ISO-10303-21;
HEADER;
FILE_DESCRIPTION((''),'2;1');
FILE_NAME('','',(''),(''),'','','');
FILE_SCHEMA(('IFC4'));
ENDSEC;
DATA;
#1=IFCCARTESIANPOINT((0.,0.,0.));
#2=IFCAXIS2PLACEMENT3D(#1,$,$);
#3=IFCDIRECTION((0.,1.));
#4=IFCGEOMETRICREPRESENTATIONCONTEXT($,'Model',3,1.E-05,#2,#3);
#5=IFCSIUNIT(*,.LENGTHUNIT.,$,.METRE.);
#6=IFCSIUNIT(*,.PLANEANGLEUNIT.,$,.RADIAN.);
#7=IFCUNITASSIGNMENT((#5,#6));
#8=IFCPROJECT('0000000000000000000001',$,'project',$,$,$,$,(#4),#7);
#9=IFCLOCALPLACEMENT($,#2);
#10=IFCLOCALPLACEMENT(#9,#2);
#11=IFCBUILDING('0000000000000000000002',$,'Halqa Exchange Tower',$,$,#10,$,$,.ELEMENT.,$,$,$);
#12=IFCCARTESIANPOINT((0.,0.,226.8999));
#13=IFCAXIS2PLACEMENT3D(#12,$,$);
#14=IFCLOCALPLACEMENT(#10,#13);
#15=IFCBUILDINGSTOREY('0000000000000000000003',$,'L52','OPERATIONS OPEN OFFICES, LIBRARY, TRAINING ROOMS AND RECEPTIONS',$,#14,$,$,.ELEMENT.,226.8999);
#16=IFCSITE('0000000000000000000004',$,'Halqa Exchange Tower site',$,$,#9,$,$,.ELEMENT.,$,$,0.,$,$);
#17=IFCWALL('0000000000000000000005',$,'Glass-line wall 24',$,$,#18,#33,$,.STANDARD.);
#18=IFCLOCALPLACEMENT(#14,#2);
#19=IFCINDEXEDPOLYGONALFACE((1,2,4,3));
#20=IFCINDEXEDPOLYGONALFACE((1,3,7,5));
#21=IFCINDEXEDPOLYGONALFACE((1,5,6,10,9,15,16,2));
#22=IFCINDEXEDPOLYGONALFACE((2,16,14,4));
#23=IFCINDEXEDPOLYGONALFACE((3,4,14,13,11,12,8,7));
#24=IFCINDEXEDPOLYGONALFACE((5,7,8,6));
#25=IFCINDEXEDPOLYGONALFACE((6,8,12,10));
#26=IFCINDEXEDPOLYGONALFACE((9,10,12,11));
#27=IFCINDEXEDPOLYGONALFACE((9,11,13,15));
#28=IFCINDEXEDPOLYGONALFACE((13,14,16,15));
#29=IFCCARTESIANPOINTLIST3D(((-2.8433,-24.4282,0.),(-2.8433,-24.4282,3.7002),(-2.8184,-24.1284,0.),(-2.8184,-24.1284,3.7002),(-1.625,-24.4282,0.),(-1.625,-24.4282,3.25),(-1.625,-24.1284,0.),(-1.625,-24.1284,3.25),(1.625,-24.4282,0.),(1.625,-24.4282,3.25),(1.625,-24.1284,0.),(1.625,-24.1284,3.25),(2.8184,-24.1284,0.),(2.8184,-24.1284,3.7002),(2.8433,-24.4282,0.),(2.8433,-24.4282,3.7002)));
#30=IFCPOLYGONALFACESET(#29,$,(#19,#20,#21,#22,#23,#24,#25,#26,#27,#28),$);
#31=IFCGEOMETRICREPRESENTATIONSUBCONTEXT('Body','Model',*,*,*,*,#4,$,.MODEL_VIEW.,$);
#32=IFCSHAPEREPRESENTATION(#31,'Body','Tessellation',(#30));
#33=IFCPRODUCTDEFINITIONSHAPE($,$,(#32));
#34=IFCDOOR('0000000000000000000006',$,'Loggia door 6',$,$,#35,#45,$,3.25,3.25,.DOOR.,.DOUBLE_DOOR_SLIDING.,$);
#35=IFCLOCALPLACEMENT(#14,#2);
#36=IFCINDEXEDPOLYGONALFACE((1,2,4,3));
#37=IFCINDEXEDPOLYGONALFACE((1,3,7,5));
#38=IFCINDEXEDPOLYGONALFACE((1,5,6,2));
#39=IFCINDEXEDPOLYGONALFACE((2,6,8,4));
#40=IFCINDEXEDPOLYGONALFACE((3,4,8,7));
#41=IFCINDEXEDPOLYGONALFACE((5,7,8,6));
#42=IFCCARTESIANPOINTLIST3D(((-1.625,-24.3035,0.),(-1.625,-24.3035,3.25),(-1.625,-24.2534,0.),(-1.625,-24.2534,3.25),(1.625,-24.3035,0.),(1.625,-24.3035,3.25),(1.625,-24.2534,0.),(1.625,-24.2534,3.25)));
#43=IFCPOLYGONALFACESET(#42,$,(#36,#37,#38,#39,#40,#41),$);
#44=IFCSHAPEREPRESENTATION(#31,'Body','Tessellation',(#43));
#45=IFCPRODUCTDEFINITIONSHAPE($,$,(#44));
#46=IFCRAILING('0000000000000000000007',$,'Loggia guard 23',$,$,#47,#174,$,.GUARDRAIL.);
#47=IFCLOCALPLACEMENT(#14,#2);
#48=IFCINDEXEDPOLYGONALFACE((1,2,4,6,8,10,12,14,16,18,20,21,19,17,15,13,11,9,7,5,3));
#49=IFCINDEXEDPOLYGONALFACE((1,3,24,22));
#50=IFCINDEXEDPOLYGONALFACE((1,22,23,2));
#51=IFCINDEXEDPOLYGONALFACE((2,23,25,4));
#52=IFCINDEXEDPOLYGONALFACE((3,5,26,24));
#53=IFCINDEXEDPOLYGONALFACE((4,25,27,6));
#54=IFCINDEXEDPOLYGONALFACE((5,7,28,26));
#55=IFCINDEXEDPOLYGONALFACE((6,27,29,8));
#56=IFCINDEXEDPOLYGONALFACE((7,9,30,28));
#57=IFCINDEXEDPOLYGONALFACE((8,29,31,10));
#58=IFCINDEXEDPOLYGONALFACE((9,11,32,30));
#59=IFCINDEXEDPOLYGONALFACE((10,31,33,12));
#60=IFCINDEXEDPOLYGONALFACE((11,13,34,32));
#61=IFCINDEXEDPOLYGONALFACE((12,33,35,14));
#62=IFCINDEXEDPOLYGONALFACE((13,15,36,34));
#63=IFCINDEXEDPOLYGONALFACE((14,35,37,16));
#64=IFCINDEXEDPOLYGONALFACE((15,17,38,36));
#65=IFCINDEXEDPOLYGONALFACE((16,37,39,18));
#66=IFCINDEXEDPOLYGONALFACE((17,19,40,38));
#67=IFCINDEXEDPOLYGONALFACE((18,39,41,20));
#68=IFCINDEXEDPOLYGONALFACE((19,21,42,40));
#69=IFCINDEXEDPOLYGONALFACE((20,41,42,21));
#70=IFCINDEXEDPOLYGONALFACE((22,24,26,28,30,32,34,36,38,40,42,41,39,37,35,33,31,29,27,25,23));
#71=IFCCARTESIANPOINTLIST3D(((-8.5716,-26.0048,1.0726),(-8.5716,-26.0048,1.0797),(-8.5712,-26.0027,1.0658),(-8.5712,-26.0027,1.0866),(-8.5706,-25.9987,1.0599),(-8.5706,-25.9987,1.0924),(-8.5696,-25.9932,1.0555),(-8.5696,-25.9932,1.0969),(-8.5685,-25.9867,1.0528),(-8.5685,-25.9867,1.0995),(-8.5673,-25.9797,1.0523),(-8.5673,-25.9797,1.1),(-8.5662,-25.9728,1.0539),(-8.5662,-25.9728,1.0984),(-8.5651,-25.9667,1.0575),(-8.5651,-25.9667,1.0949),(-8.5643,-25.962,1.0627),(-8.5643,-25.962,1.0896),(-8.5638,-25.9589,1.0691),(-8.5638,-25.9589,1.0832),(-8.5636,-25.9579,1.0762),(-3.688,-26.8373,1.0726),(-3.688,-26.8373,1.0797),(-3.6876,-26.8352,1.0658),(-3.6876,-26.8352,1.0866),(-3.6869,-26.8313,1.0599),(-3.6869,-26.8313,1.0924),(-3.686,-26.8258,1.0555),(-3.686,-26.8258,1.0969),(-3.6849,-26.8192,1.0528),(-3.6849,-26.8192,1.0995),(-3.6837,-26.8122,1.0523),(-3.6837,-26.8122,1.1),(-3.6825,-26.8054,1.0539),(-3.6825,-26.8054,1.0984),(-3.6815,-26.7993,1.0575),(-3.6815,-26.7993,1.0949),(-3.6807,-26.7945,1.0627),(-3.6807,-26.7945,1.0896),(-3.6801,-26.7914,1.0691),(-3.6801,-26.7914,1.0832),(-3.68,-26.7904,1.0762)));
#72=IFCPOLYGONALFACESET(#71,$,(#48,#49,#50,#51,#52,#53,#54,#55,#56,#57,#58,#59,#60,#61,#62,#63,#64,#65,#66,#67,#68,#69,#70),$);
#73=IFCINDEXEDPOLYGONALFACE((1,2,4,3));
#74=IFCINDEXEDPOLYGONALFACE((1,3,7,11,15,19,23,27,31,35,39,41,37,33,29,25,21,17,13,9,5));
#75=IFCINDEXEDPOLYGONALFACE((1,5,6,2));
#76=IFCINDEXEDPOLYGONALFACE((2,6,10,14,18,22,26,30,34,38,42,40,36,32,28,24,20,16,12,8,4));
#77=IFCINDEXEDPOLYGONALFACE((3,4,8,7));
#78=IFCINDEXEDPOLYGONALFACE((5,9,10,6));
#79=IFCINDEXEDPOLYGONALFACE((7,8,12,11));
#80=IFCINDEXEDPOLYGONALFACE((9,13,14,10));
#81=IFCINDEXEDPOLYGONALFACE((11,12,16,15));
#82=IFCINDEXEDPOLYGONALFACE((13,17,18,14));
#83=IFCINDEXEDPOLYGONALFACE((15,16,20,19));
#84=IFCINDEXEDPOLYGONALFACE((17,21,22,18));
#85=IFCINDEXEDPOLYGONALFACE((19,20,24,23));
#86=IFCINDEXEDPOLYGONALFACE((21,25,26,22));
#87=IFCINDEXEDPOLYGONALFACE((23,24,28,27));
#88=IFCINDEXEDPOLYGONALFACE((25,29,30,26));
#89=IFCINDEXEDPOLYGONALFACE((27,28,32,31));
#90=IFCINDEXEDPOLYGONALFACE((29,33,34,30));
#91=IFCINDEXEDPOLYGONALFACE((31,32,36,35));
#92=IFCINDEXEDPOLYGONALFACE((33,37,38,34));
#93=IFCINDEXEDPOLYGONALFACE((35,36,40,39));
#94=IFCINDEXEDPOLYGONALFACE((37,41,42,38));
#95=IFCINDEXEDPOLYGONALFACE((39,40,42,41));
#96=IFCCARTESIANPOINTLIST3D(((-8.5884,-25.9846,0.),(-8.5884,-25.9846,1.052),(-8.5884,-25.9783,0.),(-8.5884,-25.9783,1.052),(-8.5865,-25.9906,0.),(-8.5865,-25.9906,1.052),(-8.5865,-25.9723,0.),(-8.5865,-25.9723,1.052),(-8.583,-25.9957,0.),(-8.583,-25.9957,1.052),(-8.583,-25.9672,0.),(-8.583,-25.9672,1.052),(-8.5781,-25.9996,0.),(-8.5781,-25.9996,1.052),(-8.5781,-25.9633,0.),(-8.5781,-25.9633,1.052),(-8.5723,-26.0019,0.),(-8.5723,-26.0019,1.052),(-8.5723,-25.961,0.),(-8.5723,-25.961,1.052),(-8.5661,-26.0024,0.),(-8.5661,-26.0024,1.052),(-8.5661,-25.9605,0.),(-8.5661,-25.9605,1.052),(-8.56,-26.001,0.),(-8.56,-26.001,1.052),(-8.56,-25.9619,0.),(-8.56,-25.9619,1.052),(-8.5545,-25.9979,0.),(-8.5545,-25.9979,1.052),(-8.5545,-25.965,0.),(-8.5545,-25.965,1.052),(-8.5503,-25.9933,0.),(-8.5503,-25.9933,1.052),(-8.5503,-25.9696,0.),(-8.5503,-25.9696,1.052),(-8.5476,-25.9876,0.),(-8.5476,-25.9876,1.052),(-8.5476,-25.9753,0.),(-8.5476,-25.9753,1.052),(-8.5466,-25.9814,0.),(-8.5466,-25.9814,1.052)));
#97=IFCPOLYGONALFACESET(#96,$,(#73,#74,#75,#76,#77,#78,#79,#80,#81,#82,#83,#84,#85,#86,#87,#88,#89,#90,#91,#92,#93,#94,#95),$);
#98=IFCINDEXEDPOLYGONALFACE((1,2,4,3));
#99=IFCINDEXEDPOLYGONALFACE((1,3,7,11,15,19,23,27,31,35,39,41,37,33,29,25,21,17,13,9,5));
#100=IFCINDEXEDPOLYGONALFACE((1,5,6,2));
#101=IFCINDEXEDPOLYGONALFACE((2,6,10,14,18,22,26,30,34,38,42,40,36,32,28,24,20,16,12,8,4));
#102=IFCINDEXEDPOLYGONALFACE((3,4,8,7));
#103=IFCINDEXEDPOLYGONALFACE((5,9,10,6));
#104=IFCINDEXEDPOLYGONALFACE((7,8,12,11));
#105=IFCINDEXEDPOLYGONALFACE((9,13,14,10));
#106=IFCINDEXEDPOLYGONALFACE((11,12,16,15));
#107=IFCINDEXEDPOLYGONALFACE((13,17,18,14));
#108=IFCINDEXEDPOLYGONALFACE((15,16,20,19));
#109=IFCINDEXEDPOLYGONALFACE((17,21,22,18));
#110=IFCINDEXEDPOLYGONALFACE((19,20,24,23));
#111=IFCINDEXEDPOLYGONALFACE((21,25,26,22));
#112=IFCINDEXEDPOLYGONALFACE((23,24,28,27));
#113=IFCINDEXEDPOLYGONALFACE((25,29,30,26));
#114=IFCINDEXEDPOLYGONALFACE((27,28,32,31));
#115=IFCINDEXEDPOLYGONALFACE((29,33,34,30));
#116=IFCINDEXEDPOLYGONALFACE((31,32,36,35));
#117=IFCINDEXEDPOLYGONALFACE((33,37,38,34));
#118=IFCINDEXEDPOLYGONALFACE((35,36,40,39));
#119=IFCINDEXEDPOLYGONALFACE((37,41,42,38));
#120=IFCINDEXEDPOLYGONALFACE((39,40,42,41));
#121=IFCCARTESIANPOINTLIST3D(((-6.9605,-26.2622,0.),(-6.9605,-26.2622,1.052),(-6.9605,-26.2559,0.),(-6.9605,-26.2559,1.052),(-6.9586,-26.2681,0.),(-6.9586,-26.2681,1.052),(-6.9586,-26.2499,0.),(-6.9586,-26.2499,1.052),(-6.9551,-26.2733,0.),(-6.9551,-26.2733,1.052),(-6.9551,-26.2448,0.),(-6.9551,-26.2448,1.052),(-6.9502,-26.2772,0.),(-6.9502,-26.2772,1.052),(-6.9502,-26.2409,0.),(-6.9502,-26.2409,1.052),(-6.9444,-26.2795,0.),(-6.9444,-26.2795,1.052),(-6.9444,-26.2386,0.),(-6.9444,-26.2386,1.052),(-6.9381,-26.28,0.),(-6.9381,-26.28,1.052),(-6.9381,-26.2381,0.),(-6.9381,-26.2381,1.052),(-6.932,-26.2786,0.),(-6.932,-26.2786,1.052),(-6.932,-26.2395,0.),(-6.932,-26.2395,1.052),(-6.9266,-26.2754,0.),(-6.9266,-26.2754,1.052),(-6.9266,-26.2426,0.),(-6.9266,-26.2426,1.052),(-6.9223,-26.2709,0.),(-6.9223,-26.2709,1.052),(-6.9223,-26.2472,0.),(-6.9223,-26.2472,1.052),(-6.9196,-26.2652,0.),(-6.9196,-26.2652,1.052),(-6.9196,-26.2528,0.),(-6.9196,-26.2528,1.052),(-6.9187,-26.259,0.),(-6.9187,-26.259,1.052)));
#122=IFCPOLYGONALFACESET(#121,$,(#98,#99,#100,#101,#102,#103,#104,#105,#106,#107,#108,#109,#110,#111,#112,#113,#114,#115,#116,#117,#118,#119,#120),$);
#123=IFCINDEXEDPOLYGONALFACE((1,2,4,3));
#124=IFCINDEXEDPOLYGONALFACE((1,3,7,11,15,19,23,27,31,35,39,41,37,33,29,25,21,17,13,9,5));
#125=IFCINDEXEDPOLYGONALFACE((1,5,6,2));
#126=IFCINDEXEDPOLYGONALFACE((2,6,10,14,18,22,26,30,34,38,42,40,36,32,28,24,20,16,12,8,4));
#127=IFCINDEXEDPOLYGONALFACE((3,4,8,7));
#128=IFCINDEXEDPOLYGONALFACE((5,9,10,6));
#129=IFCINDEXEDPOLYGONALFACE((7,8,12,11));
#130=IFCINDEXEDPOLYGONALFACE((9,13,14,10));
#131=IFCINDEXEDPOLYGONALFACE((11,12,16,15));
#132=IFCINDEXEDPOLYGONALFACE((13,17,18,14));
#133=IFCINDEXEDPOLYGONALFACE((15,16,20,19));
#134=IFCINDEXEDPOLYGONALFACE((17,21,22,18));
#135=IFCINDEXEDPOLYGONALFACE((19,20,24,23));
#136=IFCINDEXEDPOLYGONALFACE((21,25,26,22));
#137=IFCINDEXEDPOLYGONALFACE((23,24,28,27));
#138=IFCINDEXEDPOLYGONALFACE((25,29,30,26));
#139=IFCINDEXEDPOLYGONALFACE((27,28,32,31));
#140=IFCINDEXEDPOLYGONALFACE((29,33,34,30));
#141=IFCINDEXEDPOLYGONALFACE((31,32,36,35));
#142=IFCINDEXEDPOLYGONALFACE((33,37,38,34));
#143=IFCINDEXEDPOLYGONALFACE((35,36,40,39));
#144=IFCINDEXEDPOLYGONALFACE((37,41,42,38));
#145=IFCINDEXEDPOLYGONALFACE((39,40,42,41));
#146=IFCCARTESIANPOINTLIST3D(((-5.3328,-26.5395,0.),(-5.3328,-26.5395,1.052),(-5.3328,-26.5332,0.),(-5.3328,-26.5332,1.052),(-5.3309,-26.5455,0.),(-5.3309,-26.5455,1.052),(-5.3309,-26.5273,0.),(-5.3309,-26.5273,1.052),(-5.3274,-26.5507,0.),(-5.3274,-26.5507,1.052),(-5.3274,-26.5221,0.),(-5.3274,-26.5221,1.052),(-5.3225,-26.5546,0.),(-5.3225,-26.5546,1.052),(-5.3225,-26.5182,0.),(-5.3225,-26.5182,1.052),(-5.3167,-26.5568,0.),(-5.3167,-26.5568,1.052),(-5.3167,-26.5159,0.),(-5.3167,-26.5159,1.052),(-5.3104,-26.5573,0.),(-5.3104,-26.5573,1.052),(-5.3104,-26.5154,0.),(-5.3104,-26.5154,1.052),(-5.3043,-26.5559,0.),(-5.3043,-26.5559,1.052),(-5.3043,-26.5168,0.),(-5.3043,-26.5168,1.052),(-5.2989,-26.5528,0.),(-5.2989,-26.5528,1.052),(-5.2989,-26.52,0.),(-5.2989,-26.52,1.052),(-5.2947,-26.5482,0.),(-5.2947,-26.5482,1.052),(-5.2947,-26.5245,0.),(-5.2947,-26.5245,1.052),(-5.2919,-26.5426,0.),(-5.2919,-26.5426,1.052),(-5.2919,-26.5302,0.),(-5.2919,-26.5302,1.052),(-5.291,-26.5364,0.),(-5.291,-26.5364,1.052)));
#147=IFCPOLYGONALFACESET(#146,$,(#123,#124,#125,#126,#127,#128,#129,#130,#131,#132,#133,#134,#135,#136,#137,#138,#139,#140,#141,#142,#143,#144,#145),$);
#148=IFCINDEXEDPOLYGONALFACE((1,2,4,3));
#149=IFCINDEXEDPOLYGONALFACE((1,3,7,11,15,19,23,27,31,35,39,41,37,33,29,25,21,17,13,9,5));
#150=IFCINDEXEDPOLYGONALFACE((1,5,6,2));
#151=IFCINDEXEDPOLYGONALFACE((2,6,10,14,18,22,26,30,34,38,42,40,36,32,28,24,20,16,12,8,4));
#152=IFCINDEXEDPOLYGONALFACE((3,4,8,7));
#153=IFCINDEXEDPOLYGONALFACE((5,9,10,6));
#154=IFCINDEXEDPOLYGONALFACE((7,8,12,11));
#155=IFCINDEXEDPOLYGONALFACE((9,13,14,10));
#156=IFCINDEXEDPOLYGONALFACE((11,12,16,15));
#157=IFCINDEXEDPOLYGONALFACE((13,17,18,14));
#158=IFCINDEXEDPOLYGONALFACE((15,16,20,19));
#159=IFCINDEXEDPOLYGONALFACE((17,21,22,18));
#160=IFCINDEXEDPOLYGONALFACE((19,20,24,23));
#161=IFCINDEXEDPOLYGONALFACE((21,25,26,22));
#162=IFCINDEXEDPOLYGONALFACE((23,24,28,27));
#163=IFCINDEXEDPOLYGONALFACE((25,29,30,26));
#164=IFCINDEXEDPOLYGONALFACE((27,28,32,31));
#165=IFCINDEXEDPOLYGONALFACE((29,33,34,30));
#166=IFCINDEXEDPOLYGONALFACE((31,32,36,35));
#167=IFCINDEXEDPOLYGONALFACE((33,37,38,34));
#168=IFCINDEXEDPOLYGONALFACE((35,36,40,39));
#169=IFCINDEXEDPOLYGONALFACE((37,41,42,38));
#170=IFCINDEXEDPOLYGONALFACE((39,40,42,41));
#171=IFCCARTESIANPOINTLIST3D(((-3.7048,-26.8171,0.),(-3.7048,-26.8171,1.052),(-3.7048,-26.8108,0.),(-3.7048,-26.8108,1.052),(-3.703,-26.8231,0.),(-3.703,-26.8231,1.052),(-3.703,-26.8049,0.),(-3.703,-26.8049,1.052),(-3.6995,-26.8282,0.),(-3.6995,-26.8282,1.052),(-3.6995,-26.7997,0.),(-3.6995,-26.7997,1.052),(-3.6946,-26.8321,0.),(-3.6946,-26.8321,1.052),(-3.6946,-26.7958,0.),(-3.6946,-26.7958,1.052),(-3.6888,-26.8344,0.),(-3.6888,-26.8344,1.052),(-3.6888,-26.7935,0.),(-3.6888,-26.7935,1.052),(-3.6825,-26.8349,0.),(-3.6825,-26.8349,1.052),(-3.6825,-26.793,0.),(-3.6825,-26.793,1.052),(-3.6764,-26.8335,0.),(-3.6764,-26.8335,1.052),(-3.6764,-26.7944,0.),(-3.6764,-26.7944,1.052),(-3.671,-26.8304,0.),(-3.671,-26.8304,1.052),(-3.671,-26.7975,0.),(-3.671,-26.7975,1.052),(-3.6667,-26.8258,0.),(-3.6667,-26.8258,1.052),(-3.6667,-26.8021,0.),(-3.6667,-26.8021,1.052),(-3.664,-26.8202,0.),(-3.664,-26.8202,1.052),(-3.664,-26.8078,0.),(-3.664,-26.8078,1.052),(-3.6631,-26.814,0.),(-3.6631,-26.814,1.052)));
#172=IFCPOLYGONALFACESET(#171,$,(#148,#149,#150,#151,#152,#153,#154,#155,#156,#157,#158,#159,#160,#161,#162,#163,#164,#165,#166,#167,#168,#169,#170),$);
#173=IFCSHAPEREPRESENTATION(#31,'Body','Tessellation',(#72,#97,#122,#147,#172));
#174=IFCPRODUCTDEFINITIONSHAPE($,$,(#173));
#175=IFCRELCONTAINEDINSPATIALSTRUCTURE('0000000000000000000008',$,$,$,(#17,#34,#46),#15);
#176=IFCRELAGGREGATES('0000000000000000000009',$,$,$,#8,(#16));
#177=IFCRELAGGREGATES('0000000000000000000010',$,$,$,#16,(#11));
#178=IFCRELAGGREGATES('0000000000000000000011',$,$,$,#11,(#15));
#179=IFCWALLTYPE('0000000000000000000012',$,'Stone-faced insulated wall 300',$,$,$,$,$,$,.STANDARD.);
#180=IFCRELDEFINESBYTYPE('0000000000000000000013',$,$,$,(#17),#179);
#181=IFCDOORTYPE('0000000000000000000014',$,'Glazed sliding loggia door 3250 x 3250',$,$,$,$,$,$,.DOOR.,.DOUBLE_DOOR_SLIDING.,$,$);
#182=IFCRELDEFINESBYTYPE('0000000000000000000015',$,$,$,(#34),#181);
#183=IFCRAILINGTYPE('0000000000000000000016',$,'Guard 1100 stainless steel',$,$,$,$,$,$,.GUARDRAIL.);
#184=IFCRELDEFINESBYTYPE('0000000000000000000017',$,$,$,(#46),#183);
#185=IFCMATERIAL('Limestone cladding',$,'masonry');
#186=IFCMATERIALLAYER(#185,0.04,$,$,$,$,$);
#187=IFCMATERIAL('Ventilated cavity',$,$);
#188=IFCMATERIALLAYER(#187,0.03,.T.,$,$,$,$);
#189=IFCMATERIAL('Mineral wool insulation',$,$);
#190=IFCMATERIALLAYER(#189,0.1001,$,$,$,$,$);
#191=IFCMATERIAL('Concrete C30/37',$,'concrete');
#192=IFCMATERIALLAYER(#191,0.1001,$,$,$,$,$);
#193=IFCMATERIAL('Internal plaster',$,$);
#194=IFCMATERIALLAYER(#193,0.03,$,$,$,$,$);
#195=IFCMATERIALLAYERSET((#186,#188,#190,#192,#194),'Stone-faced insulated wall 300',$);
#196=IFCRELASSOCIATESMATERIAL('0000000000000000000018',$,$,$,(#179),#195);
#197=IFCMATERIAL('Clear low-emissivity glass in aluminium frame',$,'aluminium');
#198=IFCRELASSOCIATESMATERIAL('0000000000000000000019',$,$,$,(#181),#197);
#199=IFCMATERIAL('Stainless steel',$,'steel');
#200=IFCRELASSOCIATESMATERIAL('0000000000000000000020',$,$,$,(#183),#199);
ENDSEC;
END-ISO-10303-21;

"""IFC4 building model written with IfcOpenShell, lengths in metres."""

from ifc_helpers import new_model, si_unit, direction, frame, frame_2d, origin, origin_2d, place, context, subcontext, project, spatial, polyline, rectangle, circle, outline, extrude, material, layer, layer_set, type_object, element, fill, save


model = new_model("IFC4")

# Units and contexts
model_context = context("Model", 3, precision=1e-05, world=origin(), true_north=direction((0.0, 1.0)))
body_context = subcontext(model_context, "Body", "Model", "MODEL_VIEW")
ifc_project = project(units=[si_unit("LENGTHUNIT", "METRE"), si_unit("PLANEANGLEUNIT", "RADIAN")], contexts=[model_context])

# Site, building, storey
site_placement = place(None, origin())
site = spatial("IfcSite", under=ifc_project, at=site_placement, Name="Halqa Exchange Tower site", CompositionType="ELEMENT", RefElevation=0.0)
building_placement = place(site_placement, origin())
building = spatial("IfcBuilding", under=site, at=building_placement, Name="Halqa Exchange Tower", CompositionType="ELEMENT")
storey_placement = place(building_placement, frame((0.0, 0.0, 226.8999)))
storey = spatial("IfcBuildingStorey", under=building, at=storey_placement, Name="L52", Description="OPERATIONS OPEN OFFICES, LIBRARY, TRAINING ROOMS AND RECEPTIONS", CompositionType="ELEMENT", Elevation=226.8999)

# Shared definitions
ifc_material_1 = material(Name="Concrete C30/37", Category="concrete")

# Shared definitions
ifc_material_2 = material(Name="Limestone cladding", Category="masonry")
ifc_layer_1 = layer(ifc_material_2, 0.04)
ifc_material_3 = material(Name="Ventilated cavity")
ifc_layer_2 = layer(ifc_material_3, 0.03, ventilated=True)
ifc_material_4 = material(Name="Mineral wool insulation")
ifc_layer_3 = layer(ifc_material_4, 0.1001)
ifc_layer_4 = layer(ifc_material_1, 0.1001)
ifc_material_5 = material(Name="Internal plaster")
ifc_layer_5 = layer(ifc_material_5, 0.03)
ifc_layer_set_1 = layer_set([ifc_layer_1, ifc_layer_2, ifc_layer_3, ifc_layer_4, ifc_layer_5], Name="Stone-faced insulated wall 300")
wall_type_1 = type_object("IfcWallType", Name="Stone-faced insulated wall 300", PredefinedType="STANDARD", material=ifc_layer_set_1)
ifc_material_6 = material(Name="Clear low-emissivity glass in aluminium frame", Category="aluminium")

# Wall, opening, door
wall_1_placement = place(storey_placement, frame((-2.8308, -24.2783, 0.0), z_axis=(0.0, 0.0, 1.0), x_axis=(1.0, 0.0, 0.0)))
wall_1 = element("IfcWall", 1, at=wall_1_placement, inside=storey, type_object=wall_type_1, Name="Glass-line wall 24", PredefinedType="STANDARD", context=body_context, shape_type="SweptSolid", body=[
    extrude(outline(polyline([(-0.0125, -0.1499), (5.6741, -0.1499), (5.6492, 0.1499), (0.0125, 0.1499), (-0.0125, -0.1499)])), origin(), (0.0, 0.0, 1.0), 3.7002),
])
opening_1_placement = place(wall_1_placement, frame((1.2058, 0.0, 0.0)))
opening_1 = element("IfcOpeningElement", 2, at=opening_1_placement, cuts=wall_1, PredefinedType="OPENING", context=body_context, shape_type="SweptSolid", body=[
    extrude(rectangle(XDim=3.25, YDim=3.25, at=frame_2d((1.625, 1.625))), frame((0.0, 0.1621, 0.0), z_axis=(0.0, -1.0, 0.0), x_axis=(1.0, 0.0, 0.0)), (0.0, 0.0, 1.0), 0.324),
])
door_type_1 = type_object("IfcDoorType", Name="Glazed sliding loggia door 3250 x 3250", OperationType="DOUBLE_DOOR_SLIDING", PredefinedType="DOOR", material=ifc_material_6)
door_1_placement = place(opening_1_placement, origin())
door_1 = element("IfcDoor", 3, at=door_1_placement, inside=storey, type_object=door_type_1, Name="Loggia door 6", OperationType="DOUBLE_DOOR_SLIDING", OverallHeight=3.25, OverallWidth=3.25, PredefinedType="DOOR", context=body_context, shape_type="SweptSolid", body=[
    extrude(rectangle(XDim=3.25, YDim=3.25, at=frame_2d((1.625, 1.625))), frame((0.0, 0.0249, 0.0), z_axis=(0.0, -1.0, 0.0), x_axis=(1.0, 0.0, 0.0)), (0.0, 0.0, 1.0), 0.05),
])
fill(opening_1, door_1)

# Railing
ifc_material_7 = material(Name="Stainless steel", Category="steel")
railing_type = type_object("IfcRailingType", Name="Guard 1100 stainless steel", PredefinedType="GUARDRAIL", material=ifc_material_7)
railing_1_placement = place(storey_placement, frame((-8.5676, -25.9814, 0.0)))
element("IfcRailing", 4, at=railing_1_placement, inside=storey, type_object=railing_type, Name="Loggia guard 23", PredefinedType="GUARDRAIL", context=body_context, shape_type="SweptSolid", body=[
    extrude(circle(Radius=0.0239, at=origin_2d()), frame((0.0, 0.0, 1.0762), z_axis=(0.985778, -0.16805, 0.0), x_axis=(0.16805, 0.985778, 0.0)), (0.0, 0.0, 1.0), 4.9541),
    extrude(circle(Radius=0.021, at=origin_2d()), origin(), (0.0, 0.0, 1.0), 1.052),
    extrude(circle(Radius=0.021, at=origin_2d()), frame((1.6279, -0.2776, 0.0)), (0.0, 0.0, 1.0), 1.052),
    extrude(circle(Radius=0.021, at=origin_2d()), frame((3.2556, -0.5549, 0.0)), (0.0, 0.0, 1.0), 1.052),
    extrude(circle(Radius=0.021, at=origin_2d()), frame((4.8835, -0.8325, 0.0)), (0.0, 0.0, 1.0), 1.052),
])

save(model, "model.ifc")
